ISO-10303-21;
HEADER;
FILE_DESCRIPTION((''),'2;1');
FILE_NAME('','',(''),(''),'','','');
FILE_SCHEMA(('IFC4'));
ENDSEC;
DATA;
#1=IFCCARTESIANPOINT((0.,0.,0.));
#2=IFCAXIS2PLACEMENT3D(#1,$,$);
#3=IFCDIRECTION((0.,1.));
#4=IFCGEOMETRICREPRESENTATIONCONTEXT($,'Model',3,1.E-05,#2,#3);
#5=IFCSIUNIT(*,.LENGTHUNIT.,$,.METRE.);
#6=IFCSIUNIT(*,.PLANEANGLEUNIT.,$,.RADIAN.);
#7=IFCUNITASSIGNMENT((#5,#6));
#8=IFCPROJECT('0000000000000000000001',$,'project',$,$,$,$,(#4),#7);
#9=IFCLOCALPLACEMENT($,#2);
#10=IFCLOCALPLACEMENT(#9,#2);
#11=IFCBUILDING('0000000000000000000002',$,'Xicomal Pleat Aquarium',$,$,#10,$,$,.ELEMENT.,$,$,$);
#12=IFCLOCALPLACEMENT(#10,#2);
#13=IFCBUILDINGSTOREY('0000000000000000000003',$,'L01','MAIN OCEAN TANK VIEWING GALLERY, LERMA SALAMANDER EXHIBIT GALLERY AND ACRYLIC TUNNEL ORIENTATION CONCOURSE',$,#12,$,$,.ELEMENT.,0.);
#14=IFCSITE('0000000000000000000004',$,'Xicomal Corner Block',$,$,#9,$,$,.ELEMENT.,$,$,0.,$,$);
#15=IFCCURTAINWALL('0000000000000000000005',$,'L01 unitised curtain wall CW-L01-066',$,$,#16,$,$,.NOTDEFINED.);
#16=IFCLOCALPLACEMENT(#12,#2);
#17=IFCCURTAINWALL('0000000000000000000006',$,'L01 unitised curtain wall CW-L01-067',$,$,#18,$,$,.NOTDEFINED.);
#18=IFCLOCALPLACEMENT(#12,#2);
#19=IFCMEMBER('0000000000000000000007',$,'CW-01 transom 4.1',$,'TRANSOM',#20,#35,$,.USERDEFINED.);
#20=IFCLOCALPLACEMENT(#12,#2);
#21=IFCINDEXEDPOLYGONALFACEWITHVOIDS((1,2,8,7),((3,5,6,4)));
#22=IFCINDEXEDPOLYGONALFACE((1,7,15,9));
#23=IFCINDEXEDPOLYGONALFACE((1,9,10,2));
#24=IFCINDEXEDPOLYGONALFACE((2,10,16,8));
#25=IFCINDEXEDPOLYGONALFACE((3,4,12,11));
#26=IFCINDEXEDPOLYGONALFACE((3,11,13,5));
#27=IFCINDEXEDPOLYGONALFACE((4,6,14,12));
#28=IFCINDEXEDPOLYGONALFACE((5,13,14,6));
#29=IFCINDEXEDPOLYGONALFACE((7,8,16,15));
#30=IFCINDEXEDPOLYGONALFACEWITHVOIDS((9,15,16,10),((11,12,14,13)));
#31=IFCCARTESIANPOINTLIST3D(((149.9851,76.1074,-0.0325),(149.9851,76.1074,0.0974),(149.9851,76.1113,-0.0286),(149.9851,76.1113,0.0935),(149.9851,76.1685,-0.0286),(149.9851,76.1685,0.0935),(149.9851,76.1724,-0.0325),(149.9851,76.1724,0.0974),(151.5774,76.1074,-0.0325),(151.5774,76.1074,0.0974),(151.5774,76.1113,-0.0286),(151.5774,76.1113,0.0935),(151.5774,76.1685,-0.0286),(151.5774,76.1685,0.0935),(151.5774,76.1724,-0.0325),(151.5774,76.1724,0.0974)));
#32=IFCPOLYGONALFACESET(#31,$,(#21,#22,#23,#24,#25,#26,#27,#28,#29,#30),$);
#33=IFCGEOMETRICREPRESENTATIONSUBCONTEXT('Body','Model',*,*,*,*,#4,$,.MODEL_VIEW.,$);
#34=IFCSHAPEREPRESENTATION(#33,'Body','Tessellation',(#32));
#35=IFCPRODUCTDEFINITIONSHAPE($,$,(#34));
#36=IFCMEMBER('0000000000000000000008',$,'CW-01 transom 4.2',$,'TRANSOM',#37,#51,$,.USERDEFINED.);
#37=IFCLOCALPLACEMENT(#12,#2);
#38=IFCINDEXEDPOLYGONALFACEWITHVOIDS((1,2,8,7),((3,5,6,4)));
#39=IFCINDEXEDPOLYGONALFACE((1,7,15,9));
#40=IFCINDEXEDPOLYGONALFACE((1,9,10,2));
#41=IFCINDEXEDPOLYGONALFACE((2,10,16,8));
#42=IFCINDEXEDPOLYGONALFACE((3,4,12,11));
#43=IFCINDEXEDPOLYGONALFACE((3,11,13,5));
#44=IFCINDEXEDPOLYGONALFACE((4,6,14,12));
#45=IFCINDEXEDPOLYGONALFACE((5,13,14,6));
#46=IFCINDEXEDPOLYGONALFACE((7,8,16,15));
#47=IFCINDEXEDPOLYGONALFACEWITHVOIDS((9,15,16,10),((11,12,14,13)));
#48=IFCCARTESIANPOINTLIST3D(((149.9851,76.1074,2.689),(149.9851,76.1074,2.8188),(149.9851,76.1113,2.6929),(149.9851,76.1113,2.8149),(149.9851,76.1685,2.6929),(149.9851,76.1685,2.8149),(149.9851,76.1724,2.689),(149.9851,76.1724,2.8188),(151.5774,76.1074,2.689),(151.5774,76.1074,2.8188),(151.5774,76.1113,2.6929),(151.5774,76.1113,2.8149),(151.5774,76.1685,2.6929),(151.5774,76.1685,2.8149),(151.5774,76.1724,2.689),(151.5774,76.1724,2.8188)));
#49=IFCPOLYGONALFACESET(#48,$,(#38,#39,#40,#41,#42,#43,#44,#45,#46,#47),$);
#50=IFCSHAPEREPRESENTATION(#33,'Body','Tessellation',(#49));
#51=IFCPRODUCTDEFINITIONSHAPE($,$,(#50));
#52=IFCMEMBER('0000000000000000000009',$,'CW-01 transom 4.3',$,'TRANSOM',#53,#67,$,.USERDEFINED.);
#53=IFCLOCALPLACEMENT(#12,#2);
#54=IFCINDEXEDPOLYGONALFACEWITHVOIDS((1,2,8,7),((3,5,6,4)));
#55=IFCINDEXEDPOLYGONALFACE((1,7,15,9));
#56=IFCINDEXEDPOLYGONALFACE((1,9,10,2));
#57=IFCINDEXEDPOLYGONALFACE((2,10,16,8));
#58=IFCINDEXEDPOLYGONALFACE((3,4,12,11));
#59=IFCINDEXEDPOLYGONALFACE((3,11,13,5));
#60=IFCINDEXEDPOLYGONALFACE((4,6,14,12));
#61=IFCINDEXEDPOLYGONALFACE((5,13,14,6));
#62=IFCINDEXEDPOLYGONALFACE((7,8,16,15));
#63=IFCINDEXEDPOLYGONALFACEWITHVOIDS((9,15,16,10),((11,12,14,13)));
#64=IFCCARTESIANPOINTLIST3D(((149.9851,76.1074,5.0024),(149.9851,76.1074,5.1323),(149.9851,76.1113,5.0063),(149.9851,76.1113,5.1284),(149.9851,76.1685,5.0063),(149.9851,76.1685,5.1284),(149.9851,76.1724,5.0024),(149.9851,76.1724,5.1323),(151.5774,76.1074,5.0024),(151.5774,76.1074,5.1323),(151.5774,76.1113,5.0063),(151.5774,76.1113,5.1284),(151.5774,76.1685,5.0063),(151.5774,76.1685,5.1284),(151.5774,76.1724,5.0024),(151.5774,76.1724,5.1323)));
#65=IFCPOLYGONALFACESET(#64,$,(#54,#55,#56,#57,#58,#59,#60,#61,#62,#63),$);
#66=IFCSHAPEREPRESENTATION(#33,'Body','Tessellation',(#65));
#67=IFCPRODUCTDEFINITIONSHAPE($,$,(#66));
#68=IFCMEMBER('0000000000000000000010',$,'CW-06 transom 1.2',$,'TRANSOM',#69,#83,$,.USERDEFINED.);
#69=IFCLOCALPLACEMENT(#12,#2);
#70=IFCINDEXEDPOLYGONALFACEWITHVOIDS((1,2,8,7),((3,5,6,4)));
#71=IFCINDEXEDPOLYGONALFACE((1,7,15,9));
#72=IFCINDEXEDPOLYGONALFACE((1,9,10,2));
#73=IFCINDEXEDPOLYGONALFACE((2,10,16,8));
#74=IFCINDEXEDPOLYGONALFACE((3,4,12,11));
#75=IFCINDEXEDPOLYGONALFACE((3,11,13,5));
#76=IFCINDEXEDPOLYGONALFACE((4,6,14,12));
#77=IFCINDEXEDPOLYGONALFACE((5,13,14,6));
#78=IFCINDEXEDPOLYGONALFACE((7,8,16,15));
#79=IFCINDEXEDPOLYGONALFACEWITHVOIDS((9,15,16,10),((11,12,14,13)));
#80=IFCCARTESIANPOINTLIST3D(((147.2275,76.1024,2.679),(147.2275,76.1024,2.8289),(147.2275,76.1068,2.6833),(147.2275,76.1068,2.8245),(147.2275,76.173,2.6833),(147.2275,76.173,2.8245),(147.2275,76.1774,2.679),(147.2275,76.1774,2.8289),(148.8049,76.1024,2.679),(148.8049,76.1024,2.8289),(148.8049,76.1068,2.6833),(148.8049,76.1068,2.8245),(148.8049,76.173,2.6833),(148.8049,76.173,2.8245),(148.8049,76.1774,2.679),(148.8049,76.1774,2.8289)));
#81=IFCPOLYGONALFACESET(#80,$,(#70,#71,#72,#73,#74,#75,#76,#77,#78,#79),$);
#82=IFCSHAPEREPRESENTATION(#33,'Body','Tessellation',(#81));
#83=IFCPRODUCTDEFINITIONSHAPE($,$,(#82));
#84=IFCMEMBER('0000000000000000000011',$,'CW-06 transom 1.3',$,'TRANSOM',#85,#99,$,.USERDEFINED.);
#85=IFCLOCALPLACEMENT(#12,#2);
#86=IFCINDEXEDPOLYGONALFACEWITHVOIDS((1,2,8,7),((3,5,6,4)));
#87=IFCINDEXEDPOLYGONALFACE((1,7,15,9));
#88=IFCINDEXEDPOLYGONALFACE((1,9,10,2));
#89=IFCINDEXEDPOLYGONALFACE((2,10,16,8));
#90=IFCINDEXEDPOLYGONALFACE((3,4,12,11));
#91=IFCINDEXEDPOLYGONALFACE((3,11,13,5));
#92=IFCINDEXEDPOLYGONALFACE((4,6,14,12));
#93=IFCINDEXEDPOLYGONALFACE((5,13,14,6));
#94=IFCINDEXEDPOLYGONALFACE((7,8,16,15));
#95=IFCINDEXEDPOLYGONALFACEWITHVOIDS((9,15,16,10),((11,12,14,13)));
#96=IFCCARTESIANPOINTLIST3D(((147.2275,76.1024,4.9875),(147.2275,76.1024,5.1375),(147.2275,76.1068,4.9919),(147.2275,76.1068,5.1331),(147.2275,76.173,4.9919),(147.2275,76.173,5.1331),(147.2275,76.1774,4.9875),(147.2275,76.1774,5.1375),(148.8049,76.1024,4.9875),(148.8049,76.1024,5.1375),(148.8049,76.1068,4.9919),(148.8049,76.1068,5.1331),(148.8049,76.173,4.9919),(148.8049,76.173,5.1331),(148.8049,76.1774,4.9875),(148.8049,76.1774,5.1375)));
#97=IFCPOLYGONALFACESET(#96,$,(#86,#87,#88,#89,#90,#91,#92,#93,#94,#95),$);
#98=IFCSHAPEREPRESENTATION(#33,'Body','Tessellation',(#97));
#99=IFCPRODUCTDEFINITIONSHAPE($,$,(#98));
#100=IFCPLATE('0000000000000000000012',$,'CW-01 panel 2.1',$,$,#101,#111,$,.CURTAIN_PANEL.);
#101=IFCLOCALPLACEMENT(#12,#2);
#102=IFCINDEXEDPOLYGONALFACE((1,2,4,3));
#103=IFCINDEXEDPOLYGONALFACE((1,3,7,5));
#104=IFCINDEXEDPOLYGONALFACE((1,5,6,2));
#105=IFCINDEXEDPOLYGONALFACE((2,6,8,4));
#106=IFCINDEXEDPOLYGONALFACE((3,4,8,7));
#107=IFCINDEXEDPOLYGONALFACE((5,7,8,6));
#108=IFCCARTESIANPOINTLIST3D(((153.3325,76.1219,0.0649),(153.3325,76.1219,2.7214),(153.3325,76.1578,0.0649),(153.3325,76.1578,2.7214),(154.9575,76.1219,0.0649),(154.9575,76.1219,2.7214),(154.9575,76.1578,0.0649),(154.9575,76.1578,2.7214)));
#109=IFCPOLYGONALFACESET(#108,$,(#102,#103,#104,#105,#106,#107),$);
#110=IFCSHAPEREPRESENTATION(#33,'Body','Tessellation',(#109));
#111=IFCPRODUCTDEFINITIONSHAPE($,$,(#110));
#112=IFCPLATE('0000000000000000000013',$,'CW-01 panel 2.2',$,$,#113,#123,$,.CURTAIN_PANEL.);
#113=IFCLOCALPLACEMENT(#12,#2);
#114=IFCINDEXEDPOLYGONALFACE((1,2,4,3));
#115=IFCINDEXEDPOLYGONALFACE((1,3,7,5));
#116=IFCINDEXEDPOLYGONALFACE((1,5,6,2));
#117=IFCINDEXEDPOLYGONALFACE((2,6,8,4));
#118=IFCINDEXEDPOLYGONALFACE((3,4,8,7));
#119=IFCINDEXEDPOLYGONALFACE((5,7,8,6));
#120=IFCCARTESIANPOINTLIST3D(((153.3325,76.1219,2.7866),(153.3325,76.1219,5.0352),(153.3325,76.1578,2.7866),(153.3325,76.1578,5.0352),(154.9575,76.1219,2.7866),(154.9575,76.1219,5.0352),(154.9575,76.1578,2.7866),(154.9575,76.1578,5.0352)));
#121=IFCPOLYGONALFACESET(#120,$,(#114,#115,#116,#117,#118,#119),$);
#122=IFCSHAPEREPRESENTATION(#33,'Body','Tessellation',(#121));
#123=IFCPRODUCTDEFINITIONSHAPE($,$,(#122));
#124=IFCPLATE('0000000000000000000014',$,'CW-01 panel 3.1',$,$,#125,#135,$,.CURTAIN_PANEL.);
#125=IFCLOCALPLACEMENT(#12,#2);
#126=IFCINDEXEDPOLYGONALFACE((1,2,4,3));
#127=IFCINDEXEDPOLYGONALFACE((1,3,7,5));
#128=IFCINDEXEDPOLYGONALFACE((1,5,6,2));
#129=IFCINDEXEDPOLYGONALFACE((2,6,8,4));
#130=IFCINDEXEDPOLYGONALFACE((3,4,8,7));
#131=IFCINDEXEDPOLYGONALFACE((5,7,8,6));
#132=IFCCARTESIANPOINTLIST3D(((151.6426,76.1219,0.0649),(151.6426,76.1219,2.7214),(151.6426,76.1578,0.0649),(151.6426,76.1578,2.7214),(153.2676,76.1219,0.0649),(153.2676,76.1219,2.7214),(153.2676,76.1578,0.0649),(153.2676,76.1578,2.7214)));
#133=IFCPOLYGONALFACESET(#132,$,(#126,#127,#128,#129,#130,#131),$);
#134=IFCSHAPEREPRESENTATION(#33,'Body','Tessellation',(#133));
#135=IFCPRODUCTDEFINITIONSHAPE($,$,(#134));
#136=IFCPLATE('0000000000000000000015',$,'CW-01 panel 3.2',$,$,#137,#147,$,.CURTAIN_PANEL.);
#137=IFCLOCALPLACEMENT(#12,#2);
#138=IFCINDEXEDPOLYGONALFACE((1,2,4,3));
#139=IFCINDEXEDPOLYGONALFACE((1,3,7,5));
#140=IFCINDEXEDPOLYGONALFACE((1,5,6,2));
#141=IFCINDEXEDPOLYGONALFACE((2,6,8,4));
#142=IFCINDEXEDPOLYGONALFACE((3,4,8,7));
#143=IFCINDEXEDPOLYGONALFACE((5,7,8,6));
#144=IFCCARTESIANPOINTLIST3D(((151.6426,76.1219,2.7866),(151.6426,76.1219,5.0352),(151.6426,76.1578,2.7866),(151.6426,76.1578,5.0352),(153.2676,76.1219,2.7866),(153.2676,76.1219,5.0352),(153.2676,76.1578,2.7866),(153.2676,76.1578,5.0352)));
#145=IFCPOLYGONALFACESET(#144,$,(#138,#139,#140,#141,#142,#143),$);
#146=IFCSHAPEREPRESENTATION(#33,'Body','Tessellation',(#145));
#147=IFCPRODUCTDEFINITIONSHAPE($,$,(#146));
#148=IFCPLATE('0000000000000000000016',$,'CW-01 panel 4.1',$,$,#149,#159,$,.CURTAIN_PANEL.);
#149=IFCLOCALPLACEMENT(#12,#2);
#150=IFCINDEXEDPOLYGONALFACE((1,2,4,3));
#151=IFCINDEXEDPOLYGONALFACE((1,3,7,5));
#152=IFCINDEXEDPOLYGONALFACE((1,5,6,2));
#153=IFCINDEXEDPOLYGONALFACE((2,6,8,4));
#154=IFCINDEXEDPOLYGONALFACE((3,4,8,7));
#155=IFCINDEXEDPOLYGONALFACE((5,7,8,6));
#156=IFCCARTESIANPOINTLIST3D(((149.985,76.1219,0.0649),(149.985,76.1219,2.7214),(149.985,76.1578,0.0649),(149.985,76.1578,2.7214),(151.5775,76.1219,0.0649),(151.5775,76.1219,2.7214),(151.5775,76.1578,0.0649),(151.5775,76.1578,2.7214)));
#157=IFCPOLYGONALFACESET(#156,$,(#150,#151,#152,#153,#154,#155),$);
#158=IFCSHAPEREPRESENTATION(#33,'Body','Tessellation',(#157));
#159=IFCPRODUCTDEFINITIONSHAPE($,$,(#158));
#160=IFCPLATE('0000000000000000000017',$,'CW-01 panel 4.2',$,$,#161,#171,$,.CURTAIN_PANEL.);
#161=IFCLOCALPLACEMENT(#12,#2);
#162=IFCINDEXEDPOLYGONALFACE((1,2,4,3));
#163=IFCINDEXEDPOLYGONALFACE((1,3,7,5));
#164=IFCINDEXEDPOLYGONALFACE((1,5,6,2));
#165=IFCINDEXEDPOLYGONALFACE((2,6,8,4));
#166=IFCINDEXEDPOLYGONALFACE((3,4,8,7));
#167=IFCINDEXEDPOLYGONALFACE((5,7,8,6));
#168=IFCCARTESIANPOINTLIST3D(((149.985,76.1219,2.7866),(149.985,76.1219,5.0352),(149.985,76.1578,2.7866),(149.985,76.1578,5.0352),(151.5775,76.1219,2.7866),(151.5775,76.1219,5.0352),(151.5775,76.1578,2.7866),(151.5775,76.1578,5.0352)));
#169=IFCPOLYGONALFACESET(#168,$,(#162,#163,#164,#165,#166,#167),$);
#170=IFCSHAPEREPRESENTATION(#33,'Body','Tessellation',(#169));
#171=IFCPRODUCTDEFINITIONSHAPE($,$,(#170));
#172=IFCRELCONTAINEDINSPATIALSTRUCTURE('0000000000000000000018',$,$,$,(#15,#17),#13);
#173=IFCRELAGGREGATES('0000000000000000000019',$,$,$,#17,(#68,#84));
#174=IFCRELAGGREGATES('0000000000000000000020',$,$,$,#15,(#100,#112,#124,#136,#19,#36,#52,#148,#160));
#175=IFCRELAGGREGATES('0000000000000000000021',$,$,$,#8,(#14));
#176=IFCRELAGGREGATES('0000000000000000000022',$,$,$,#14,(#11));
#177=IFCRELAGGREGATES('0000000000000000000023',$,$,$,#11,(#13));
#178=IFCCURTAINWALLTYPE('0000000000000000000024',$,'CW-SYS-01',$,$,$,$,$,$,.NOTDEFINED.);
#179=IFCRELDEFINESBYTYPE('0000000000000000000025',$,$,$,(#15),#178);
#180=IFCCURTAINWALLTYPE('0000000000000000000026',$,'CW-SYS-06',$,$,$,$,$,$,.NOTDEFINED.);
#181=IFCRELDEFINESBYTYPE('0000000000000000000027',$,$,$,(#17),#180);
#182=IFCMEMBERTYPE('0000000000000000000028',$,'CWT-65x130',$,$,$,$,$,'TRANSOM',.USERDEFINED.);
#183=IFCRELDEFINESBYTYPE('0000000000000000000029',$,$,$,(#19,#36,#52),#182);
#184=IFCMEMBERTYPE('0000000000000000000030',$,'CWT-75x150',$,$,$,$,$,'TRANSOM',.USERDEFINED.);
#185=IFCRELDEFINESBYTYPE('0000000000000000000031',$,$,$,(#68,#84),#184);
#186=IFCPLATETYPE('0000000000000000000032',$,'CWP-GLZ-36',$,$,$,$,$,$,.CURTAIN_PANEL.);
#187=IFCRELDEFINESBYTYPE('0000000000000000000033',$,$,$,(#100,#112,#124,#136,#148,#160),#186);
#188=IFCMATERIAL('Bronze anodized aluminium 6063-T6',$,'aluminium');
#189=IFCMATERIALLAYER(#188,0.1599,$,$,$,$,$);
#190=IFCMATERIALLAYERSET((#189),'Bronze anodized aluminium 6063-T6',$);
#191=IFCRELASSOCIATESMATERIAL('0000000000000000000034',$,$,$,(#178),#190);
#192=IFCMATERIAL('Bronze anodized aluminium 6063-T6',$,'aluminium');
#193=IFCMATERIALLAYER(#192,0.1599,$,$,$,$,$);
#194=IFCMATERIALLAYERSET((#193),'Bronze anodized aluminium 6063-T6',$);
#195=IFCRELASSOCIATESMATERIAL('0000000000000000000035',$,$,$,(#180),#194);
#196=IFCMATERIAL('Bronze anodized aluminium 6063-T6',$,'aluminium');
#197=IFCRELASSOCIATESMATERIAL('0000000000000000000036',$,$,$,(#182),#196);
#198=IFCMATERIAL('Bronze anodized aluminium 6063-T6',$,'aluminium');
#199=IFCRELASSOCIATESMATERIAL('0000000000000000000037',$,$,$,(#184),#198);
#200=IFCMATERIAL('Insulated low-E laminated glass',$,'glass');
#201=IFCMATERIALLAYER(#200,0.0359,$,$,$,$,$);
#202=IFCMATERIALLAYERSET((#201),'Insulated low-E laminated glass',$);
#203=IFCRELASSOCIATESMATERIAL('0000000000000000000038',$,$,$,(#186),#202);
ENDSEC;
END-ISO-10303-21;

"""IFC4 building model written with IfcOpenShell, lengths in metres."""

from ifc_helpers import new_model, si_unit, direction, frame, origin, origin_2d, place, context, subcontext, project, spatial, rectangle, hollow_rectangle, extrude, material, layer, layer_set, material_profile, profile_set, type_object, element, aggregate, save


model = new_model("IFC4")

# Units and contexts
model_context = context("Model", 3, precision=1e-05, world=origin(), true_north=direction((0.0, 1.0)))
body_context = subcontext(model_context, "Body", "Model", "MODEL_VIEW")
ifc_project = project(units=[si_unit("LENGTHUNIT", "METRE"), si_unit("PLANEANGLEUNIT", "RADIAN")], contexts=[model_context])

# Site, building, storey
site_placement = place(None, origin())
site = spatial("IfcSite", under=ifc_project, at=site_placement, Name="Xicomal Corner Block", CompositionType="ELEMENT", RefElevation=0.0)
building_placement = place(site_placement, origin())
building = spatial("IfcBuilding", under=site, at=building_placement, Name="Xicomal Pleat Aquarium", CompositionType="ELEMENT")
storey_placement = place(building_placement, origin())
storey = spatial("IfcBuildingStorey", under=building, at=storey_placement, Name="L01", Description="MAIN OCEAN TANK VIEWING GALLERY, LERMA SALAMANDER EXHIBIT GALLERY AND ACRYLIC TUNNEL ORIENTATION CONCOURSE", CompositionType="ELEMENT", Elevation=0.0)

# Curtain wall
ifc_material_1 = material(Name="Bronze anodized aluminium 6063-T6", Category="aluminium")
ifc_layer_1 = layer(ifc_material_1, 0.1599)
ifc_layer_set_1 = layer_set([ifc_layer_1], Name="Bronze anodized aluminium 6063-T6")
curtain_wall_type_1 = type_object("IfcCurtainWallType", Name="CW-SYS-01", PredefinedType="NOTDEFINED", material=ifc_layer_set_1)
curtain_wall_1_placement = place(storey_placement, origin())
curtain_wall_1 = element("IfcCurtainWall", 1, at=curtain_wall_1_placement, inside=storey, type_object=curtain_wall_type_1, Name="L01 unitised curtain wall CW-L01-066", PredefinedType="NOTDEFINED")

# Curtain wall
ifc_material_2 = material(Name="Bronze anodized aluminium 6063-T6", Category="aluminium")
ifc_layer_2 = layer(ifc_material_2, 0.1599)
ifc_layer_set_2 = layer_set([ifc_layer_2], Name="Bronze anodized aluminium 6063-T6")
curtain_wall_type_2 = type_object("IfcCurtainWallType", Name="CW-SYS-06", PredefinedType="NOTDEFINED", material=ifc_layer_set_2)
curtain_wall_2_placement = place(storey_placement, origin())
curtain_wall_2 = element("IfcCurtainWall", 2, at=curtain_wall_2_placement, inside=storey, type_object=curtain_wall_type_2, Name="L01 unitised curtain wall CW-L01-067", PredefinedType="NOTDEFINED")

# Members
ifc_material_3 = material(Name="Bronze anodized aluminium 6063-T6", Category="aluminium")
ifc_material_profile_1 = material_profile(ifc_material_3, hollow_rectangle(XDim=0.0649, YDim=0.1299, WallThickness=0.0039, at=origin_2d()), Name="ALU TRAN 65x130")
ifc_profile_set_1 = profile_set([ifc_material_profile_1], Name="Bronze anodized aluminium 6063-T6")
member_type_1 = type_object("IfcMemberType", Name="CWT-65x130", ElementType="TRANSOM", PredefinedType="USERDEFINED", material=ifc_profile_set_1)
member_1_placement = place(storey_placement, frame((151.5774, 76.1399, 0.0325), z_axis=(-1.0, 0.0, 0.0), x_axis=(0.0, -1.0, 0.0)))
member_1 = element("IfcMember", 3, at=member_1_placement, type_object=member_type_1, Name="CW-01 transom 4.1", ObjectType="TRANSOM", PredefinedType="USERDEFINED", context=body_context, shape_type="SweptSolid", body=[
    extrude(hollow_rectangle(XDim=0.0649, YDim=0.1299, WallThickness=0.0039, at=origin_2d()), origin(), (0.0, 0.0, 1.0), 1.5923),
])
member_2_placement = place(storey_placement, frame((151.5774, 76.1399, 2.7539), z_axis=(-1.0, 0.0, 0.0), x_axis=(0.0, -1.0, 0.0)))
member_2 = element("IfcMember", 4, at=member_2_placement, type_object=member_type_1, Name="CW-01 transom 4.2", ObjectType="TRANSOM", PredefinedType="USERDEFINED", context=body_context, shape_type="SweptSolid", body=[
    extrude(hollow_rectangle(XDim=0.0649, YDim=0.1299, WallThickness=0.0039, at=origin_2d()), origin(), (0.0, 0.0, 1.0), 1.5923),
])
member_3_placement = place(storey_placement, frame((151.5774, 76.1399, 5.0674), z_axis=(-1.0, 0.0, 0.0), x_axis=(0.0, -1.0, 0.0)))
member_3 = element("IfcMember", 5, at=member_3_placement, type_object=member_type_1, Name="CW-01 transom 4.3", ObjectType="TRANSOM", PredefinedType="USERDEFINED", context=body_context, shape_type="SweptSolid", body=[
    extrude(hollow_rectangle(XDim=0.0649, YDim=0.1299, WallThickness=0.0039, at=origin_2d()), origin(), (0.0, 0.0, 1.0), 1.5923),
])
ifc_material_4 = material(Name="Bronze anodized aluminium 6063-T6", Category="aluminium")
ifc_material_profile_2 = material_profile(ifc_material_4, hollow_rectangle(XDim=0.075, YDim=0.1499, WallThickness=0.0044, at=origin_2d()), Name="ALU TRAN 75x150")
ifc_profile_set_2 = profile_set([ifc_material_profile_2], Name="Bronze anodized aluminium 6063-T6")
member_type_2 = type_object("IfcMemberType", Name="CWT-75x150", ElementType="TRANSOM", PredefinedType="USERDEFINED", material=ifc_profile_set_2)
member_4_placement = place(storey_placement, frame((148.8049, 76.1399, 2.7539), z_axis=(-1.0, 0.0, 0.0), x_axis=(0.0, -1.0, 0.0)))
member_4 = element("IfcMember", 6, at=member_4_placement, type_object=member_type_2, Name="CW-06 transom 1.2", ObjectType="TRANSOM", PredefinedType="USERDEFINED", context=body_context, shape_type="SweptSolid", body=[
    extrude(hollow_rectangle(XDim=0.075, YDim=0.1499, WallThickness=0.0044, at=origin_2d()), origin(), (0.0, 0.0, 1.0), 1.5774),
])
member_5_placement = place(storey_placement, frame((148.8049, 76.1399, 5.0625), z_axis=(-1.0, 0.0, 0.0), x_axis=(0.0, -1.0, 0.0)))
member_5 = element("IfcMember", 7, at=member_5_placement, type_object=member_type_2, Name="CW-06 transom 1.3", ObjectType="TRANSOM", PredefinedType="USERDEFINED", context=body_context, shape_type="SweptSolid", body=[
    extrude(hollow_rectangle(XDim=0.075, YDim=0.1499, WallThickness=0.0044, at=origin_2d()), origin(), (0.0, 0.0, 1.0), 1.5774),
])
aggregate(curtain_wall_2, [member_4, member_5])

# Plates
ifc_material_5 = material(Name="Insulated low-E laminated glass", Category="glass")
ifc_layer_3 = layer(ifc_material_5, 0.0359)
ifc_layer_set_3 = layer_set([ifc_layer_3], Name="Insulated low-E laminated glass")
plate_type = type_object("IfcPlateType", Name="CWP-GLZ-36", PredefinedType="CURTAIN_PANEL", material=ifc_layer_set_3)
plate_1_placement = place(storey_placement, frame((154.145, 76.1399, 0.0649), z_axis=(0.0, 0.0, 1.0), x_axis=(-1.0, 0.0, 0.0)))
plate_1 = element("IfcPlate", 8, at=plate_1_placement, type_object=plate_type, Name="CW-01 panel 2.1", PredefinedType="CURTAIN_PANEL", context=body_context, shape_type="SweptSolid", body=[
    extrude(rectangle(XDim=1.625, YDim=0.0359, at=origin_2d()), origin(), (0.0, 0.0, 1.0), 2.6565),
])
plate_2_placement = place(storey_placement, frame((154.145, 76.1399, 2.7866), z_axis=(0.0, 0.0, 1.0), x_axis=(-1.0, 0.0, 0.0)))
plate_2 = element("IfcPlate", 9, at=plate_2_placement, type_object=plate_type, Name="CW-01 panel 2.2", PredefinedType="CURTAIN_PANEL", context=body_context, shape_type="SweptSolid", body=[
    extrude(rectangle(XDim=1.625, YDim=0.0359, at=origin_2d()), origin(), (0.0, 0.0, 1.0), 2.2485),
])
plate_3_placement = place(storey_placement, frame((152.4551, 76.1399, 0.0649), z_axis=(0.0, 0.0, 1.0), x_axis=(-1.0, 0.0, 0.0)))
plate_3 = element("IfcPlate", 10, at=plate_3_placement, type_object=plate_type, Name="CW-01 panel 3.1", PredefinedType="CURTAIN_PANEL", context=body_context, shape_type="SweptSolid", body=[
    extrude(rectangle(XDim=1.625, YDim=0.0359, at=origin_2d()), origin(), (0.0, 0.0, 1.0), 2.6565),
])
plate_4_placement = place(storey_placement, frame((152.4551, 76.1399, 2.7866), z_axis=(0.0, 0.0, 1.0), x_axis=(-1.0, 0.0, 0.0)))
plate_4 = element("IfcPlate", 11, at=plate_4_placement, type_object=plate_type, Name="CW-01 panel 3.2", PredefinedType="CURTAIN_PANEL", context=body_context, shape_type="SweptSolid", body=[
    extrude(rectangle(XDim=1.625, YDim=0.0359, at=origin_2d()), origin(), (0.0, 0.0, 1.0), 2.2485),
])
plate_5_placement = place(storey_placement, frame((150.7812, 76.1399, 0.0649), z_axis=(0.0, 0.0, 1.0), x_axis=(-1.0, 0.0, 0.0)))
plate_5 = element("IfcPlate", 12, at=plate_5_placement, type_object=plate_type, Name="CW-01 panel 4.1", PredefinedType="CURTAIN_PANEL", context=body_context, shape_type="SweptSolid", body=[
    extrude(rectangle(XDim=1.5925, YDim=0.0359, at=origin_2d()), origin(), (0.0, 0.0, 1.0), 2.6565),
])
plate_6_placement = place(storey_placement, frame((150.7812, 76.1399, 2.7866), z_axis=(0.0, 0.0, 1.0), x_axis=(-1.0, 0.0, 0.0)))
plate_6 = element("IfcPlate", 13, at=plate_6_placement, type_object=plate_type, Name="CW-01 panel 4.2", PredefinedType="CURTAIN_PANEL", context=body_context, shape_type="SweptSolid", body=[
    extrude(rectangle(XDim=1.5925, YDim=0.0359, at=origin_2d()), origin(), (0.0, 0.0, 1.0), 2.2485),
])
aggregate(curtain_wall_1, [plate_1, plate_2, plate_3, plate_4, member_1, member_2, member_3, plate_5, plate_6])

save(model, "model.ifc")
